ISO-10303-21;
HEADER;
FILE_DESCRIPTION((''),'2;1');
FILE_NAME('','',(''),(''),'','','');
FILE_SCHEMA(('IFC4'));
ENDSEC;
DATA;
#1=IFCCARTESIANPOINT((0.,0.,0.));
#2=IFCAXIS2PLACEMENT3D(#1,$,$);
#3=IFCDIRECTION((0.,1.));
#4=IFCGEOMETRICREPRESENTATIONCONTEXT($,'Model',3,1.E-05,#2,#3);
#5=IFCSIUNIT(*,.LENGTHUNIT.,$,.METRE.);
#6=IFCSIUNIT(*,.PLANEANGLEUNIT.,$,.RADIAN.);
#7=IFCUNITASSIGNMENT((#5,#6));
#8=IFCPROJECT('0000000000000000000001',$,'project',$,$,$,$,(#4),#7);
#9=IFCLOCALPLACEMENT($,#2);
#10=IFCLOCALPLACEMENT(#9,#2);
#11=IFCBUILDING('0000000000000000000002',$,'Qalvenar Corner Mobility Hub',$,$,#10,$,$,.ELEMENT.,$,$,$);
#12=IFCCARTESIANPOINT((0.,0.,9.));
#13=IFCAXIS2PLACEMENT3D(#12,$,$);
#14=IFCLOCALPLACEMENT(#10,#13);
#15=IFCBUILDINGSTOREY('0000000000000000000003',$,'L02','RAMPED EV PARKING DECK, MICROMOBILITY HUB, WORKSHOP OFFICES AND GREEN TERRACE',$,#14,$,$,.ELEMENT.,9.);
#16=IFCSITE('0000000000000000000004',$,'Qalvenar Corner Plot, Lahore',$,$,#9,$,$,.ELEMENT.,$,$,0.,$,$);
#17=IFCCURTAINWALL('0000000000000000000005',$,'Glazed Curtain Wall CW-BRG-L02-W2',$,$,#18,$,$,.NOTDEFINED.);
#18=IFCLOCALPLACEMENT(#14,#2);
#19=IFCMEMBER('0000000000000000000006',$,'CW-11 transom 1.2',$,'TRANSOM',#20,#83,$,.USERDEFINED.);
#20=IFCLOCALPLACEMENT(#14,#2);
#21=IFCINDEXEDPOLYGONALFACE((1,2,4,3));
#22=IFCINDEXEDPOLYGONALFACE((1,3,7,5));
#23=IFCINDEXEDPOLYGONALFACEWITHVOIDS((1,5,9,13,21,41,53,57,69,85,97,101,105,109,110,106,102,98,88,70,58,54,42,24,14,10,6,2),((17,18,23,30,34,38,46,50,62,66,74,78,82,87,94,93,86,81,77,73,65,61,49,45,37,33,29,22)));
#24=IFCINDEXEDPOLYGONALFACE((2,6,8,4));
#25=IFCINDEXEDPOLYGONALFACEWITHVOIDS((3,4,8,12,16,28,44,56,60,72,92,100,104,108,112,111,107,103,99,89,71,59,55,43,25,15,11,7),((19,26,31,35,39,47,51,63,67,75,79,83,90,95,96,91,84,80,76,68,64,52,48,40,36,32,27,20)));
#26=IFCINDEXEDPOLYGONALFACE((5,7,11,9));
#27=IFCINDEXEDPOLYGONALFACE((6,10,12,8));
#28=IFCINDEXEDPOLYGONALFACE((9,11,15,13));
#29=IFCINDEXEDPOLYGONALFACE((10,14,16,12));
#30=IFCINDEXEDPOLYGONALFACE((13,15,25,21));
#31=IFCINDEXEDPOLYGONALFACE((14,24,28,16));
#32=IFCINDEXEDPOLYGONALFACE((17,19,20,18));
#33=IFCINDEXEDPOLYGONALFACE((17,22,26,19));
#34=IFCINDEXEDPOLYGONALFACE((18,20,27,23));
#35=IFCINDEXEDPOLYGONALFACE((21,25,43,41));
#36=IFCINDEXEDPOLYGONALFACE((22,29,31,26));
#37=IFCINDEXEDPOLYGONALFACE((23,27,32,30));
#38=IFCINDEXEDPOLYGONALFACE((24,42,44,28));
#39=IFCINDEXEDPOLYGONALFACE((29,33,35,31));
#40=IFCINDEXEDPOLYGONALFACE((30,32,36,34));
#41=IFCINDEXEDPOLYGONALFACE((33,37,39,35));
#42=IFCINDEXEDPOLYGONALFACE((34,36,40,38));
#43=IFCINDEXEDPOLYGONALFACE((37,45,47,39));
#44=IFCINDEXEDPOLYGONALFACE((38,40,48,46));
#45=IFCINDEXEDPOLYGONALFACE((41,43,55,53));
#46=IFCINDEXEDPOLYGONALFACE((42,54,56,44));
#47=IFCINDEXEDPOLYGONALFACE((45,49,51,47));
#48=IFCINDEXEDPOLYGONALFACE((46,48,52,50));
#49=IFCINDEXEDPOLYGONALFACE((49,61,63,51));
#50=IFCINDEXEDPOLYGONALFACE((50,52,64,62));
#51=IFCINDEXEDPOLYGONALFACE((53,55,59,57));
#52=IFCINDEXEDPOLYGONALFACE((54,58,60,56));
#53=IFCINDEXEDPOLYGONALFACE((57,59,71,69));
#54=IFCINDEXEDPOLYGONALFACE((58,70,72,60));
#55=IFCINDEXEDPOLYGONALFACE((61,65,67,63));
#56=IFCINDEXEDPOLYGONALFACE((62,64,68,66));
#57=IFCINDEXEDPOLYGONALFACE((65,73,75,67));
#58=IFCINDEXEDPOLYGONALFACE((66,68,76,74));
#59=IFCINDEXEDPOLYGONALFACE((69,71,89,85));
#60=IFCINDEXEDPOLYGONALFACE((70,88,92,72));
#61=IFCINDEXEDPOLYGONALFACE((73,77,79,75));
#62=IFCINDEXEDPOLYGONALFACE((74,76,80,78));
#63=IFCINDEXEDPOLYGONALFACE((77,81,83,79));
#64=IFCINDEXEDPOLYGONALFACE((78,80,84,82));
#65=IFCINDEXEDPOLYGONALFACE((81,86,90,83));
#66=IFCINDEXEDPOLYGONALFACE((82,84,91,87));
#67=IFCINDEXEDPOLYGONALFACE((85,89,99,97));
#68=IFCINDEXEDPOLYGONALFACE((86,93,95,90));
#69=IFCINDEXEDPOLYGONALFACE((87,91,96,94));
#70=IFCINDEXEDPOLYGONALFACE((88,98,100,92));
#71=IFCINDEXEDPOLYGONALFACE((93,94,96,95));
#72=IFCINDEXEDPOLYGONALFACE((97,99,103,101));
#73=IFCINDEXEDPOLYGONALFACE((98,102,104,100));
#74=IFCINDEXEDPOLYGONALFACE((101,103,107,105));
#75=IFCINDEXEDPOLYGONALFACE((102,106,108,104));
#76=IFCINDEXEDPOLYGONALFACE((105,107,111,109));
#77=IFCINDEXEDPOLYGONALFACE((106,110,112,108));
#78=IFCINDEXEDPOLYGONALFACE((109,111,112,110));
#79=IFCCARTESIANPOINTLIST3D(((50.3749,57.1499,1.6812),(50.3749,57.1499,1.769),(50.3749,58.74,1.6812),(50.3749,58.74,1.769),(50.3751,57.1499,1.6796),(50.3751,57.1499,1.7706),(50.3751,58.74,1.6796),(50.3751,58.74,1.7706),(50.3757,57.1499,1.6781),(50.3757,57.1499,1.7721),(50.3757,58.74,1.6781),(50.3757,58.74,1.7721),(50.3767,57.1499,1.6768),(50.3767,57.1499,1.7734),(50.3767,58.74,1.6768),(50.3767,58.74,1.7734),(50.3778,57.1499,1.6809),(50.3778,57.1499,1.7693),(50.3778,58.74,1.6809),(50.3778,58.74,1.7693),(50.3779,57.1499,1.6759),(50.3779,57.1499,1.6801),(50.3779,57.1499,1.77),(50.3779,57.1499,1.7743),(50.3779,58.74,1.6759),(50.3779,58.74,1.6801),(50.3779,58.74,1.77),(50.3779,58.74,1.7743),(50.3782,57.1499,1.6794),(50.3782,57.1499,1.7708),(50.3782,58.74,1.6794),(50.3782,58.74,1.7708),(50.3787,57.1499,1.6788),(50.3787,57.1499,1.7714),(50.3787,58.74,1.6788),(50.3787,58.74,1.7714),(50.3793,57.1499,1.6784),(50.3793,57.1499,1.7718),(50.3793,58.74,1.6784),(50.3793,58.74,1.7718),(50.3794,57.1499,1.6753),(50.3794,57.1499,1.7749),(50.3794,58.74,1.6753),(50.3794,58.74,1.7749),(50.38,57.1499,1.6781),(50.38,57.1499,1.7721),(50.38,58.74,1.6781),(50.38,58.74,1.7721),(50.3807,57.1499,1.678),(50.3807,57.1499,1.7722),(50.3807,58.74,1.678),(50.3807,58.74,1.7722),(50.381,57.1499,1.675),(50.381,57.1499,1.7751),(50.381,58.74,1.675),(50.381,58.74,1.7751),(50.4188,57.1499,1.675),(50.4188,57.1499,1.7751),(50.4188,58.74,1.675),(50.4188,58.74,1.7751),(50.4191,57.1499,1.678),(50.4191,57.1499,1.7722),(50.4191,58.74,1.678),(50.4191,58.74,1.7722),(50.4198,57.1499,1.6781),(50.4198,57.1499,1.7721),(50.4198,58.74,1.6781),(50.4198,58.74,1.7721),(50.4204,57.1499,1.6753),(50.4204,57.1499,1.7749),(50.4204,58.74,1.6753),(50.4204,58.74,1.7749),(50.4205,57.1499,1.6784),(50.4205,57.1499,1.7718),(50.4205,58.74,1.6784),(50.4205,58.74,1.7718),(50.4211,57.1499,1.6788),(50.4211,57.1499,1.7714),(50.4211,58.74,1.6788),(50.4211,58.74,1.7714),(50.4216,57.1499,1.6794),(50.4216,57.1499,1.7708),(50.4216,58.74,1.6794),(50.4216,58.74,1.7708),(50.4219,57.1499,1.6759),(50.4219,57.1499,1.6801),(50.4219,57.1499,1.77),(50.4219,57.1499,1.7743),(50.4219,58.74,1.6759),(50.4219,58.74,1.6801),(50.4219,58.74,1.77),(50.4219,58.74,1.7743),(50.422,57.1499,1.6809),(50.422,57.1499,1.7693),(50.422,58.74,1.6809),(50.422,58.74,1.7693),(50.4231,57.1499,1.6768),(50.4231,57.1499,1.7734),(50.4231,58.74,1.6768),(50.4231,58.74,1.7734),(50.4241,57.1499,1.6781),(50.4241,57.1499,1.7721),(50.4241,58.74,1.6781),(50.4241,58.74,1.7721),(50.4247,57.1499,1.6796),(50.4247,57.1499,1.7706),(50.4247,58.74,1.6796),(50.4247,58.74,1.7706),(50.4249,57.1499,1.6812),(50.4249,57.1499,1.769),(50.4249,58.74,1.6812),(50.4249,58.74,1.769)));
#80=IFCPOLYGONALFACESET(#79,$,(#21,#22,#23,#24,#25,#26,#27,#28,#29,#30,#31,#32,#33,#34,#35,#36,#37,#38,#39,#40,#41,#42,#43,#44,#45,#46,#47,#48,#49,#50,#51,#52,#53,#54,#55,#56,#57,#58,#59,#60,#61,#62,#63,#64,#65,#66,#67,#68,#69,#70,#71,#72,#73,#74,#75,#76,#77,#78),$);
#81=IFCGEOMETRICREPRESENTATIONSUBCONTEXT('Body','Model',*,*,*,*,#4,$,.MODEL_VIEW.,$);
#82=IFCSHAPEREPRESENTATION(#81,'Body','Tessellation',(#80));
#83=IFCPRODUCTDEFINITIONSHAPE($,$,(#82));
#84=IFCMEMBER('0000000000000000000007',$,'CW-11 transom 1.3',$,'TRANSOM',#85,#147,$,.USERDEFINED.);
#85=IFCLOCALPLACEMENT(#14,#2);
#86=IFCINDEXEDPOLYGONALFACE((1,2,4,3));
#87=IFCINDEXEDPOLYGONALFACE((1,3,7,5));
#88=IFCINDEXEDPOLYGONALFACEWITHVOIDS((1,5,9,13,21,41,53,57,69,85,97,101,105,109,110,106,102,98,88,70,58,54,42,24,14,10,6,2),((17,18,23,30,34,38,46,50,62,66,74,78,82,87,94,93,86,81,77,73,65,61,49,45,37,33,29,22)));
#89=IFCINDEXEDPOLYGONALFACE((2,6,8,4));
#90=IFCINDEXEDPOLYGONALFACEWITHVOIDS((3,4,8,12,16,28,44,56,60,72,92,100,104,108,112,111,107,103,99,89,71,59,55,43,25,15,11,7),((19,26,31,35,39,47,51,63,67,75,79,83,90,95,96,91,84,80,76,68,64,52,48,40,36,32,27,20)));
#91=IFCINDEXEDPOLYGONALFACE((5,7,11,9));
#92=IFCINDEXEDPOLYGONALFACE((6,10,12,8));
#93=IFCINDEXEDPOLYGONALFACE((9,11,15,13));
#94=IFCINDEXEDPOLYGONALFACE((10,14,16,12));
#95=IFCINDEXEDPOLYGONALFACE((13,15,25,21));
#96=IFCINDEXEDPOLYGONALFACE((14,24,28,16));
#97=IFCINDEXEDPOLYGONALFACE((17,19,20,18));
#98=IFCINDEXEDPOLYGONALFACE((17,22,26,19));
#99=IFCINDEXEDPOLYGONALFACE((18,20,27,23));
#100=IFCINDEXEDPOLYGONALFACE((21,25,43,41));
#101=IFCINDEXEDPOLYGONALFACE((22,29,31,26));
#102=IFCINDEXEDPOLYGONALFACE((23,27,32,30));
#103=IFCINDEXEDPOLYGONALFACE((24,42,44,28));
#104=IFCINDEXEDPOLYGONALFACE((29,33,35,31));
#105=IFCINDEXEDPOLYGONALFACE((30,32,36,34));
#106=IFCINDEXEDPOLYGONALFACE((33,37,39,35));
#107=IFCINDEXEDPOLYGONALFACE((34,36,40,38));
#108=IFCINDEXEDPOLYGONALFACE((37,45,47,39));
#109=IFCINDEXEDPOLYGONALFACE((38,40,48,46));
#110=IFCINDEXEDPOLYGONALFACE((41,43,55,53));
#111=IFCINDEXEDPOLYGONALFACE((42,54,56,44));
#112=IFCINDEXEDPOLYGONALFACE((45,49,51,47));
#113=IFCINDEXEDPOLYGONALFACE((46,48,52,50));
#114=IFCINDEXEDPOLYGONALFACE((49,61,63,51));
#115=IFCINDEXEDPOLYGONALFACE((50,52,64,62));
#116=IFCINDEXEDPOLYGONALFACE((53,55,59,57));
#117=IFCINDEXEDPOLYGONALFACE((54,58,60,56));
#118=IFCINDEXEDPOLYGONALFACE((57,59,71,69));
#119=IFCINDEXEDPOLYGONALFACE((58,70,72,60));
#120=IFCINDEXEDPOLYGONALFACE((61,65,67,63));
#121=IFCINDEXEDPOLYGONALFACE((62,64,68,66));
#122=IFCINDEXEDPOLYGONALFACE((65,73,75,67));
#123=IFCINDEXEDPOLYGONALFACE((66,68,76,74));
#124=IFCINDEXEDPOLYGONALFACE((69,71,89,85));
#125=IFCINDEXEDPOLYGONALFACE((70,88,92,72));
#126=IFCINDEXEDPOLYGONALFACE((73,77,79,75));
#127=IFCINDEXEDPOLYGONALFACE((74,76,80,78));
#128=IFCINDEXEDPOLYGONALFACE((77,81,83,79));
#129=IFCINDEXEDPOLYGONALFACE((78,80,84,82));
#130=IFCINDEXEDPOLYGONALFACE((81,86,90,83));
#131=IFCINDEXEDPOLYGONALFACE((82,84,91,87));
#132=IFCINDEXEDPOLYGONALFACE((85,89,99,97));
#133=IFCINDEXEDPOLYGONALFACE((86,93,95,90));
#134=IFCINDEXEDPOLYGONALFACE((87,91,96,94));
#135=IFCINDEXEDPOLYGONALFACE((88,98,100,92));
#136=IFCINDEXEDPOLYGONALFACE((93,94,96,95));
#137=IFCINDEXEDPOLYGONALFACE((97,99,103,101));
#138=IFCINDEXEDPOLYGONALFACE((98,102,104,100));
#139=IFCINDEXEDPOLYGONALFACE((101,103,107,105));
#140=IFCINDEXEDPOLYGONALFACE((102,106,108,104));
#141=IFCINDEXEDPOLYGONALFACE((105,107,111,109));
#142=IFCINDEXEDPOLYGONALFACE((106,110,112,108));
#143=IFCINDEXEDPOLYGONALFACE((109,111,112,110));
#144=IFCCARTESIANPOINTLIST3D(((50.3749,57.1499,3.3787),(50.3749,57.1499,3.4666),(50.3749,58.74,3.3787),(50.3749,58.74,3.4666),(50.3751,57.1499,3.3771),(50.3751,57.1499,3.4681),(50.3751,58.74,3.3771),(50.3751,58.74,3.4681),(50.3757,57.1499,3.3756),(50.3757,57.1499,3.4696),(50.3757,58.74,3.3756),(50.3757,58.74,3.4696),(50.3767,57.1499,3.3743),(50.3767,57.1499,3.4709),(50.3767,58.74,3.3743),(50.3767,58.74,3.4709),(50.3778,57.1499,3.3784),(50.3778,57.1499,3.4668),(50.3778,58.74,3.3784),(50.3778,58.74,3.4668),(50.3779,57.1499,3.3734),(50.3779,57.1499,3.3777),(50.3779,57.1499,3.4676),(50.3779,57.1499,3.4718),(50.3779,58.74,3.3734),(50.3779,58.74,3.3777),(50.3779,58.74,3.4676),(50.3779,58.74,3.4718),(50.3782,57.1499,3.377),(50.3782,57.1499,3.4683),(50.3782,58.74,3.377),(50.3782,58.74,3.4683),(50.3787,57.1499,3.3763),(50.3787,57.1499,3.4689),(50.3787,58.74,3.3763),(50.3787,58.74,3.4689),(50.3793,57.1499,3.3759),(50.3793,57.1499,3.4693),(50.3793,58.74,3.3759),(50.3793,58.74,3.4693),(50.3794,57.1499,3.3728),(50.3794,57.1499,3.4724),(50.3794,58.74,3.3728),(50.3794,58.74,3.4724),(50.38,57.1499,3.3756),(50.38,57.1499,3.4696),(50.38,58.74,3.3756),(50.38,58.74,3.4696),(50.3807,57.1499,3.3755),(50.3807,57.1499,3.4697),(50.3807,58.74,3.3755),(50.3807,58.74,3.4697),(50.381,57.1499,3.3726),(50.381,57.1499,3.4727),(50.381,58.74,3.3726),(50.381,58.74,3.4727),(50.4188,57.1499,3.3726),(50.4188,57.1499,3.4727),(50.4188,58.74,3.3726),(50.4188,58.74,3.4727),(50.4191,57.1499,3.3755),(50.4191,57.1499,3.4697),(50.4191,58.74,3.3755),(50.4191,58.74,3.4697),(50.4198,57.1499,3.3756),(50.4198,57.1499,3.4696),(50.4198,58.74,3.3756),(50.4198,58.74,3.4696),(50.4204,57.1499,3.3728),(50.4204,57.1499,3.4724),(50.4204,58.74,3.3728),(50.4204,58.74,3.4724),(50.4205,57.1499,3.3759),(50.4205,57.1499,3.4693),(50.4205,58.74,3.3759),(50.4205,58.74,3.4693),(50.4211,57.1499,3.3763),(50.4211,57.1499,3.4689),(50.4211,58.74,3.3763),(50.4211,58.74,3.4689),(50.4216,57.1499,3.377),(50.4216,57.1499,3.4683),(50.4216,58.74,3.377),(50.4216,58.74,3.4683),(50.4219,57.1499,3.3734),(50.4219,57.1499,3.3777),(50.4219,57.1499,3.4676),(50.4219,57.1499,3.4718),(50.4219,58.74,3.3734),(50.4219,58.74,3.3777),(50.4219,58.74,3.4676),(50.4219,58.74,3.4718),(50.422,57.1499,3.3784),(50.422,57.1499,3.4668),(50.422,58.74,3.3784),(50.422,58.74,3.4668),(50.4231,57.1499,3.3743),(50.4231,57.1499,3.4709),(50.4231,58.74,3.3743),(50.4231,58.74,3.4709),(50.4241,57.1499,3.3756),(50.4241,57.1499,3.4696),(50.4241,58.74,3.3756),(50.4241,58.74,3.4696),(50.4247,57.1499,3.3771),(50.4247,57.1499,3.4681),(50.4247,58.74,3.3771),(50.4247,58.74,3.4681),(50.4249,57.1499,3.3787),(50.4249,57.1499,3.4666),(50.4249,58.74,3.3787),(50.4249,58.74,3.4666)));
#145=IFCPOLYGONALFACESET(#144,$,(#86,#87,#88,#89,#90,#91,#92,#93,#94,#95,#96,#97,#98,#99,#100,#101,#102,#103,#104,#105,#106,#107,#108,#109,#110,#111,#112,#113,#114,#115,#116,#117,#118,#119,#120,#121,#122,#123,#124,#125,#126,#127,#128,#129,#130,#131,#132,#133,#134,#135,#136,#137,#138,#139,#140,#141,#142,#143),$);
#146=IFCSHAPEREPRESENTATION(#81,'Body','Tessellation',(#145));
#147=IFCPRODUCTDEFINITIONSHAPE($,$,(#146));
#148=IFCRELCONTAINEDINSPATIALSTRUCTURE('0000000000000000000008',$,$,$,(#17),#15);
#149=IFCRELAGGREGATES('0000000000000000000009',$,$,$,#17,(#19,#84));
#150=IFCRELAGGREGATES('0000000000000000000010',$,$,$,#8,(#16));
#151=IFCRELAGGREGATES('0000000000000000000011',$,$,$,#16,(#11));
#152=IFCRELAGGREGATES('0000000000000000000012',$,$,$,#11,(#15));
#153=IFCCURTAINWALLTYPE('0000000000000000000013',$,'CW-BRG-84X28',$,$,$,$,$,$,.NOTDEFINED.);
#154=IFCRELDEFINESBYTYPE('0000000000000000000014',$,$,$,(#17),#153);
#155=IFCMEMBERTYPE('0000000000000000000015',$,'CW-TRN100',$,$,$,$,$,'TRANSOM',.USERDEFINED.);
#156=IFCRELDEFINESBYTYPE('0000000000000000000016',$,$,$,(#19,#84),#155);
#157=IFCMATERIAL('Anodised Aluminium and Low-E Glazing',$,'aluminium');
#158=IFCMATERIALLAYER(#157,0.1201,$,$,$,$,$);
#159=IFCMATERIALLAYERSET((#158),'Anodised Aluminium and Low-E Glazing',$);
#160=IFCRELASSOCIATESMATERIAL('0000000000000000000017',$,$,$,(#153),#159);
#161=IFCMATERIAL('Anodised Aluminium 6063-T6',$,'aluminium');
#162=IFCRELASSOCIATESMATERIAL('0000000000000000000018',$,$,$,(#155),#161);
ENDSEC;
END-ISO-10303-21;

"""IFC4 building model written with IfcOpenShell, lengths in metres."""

from ifc_helpers import new_model, si_unit, direction, frame, origin, origin_2d, place, context, subcontext, project, spatial, hollow_rectangle, extrude, material, layer, layer_set, material_profile, profile_set, type_object, element, aggregate, save


model = new_model("IFC4")

# Units and contexts
model_context = context("Model", 3, precision=1e-05, world=origin(), true_north=direction((0.0, 1.0)))
body_context = subcontext(model_context, "Body", "Model", "MODEL_VIEW")
ifc_project = project(units=[si_unit("LENGTHUNIT", "METRE"), si_unit("PLANEANGLEUNIT", "RADIAN")], contexts=[model_context])

# Site, building, storey
site_placement = place(None, origin())
site = spatial("IfcSite", under=ifc_project, at=site_placement, Name="Qalvenar Corner Plot, Lahore", CompositionType="ELEMENT", RefElevation=0.0)
building_placement = place(site_placement, origin())
building = spatial("IfcBuilding", under=site, at=building_placement, Name="Qalvenar Corner Mobility Hub", CompositionType="ELEMENT")
storey_placement = place(building_placement, frame((0.0, 0.0, 9.0)))
storey = spatial("IfcBuildingStorey", under=building, at=storey_placement, Name="L02", Description="RAMPED EV PARKING DECK, MICROMOBILITY HUB, WORKSHOP OFFICES AND GREEN TERRACE", CompositionType="ELEMENT", Elevation=9.0)

# Curtain wall, members
ifc_material_1 = material(Name="Anodised Aluminium and Low-E Glazing", Category="aluminium")
ifc_layer_1 = layer(ifc_material_1, 0.1201)
ifc_layer_set_1 = layer_set([ifc_layer_1], Name="Anodised Aluminium and Low-E Glazing")
curtain_wall_type = type_object("IfcCurtainWallType", Name="CW-BRG-84X28", PredefinedType="NOTDEFINED", material=ifc_layer_set_1)
curtain_wall_placement = place(storey_placement, origin())
curtain_wall = element("IfcCurtainWall", 1, at=curtain_wall_placement, inside=storey, type_object=curtain_wall_type, Name="Glazed Curtain Wall CW-BRG-L02-W2", PredefinedType="NOTDEFINED")
ifc_material_2 = material(Name="Anodised Aluminium 6063-T6", Category="aluminium")
ifc_material_profile_1 = material_profile(ifc_material_2, hollow_rectangle(XDim=0.05, YDim=0.1001, WallThickness=0.0029, InnerFilletRadius=0.0029, OuterFilletRadius=0.0061, at=origin_2d()), Name="RHS100x50x3")
ifc_profile_set_1 = profile_set([ifc_material_profile_1], Name="Anodised Aluminium 6063-T6")
member_type_1 = type_object("IfcMemberType", Name="CW-TRN100", ElementType="TRANSOM", PredefinedType="USERDEFINED", material=ifc_profile_set_1)
member_1_placement = place(storey_placement, frame((50.3999, 58.74, 1.7251), z_axis=(0.0, -1.0, 0.0), x_axis=(1.0, 0.0, 0.0)))
member_1 = element("IfcMember", 2, at=member_1_placement, type_object=member_type_1, Name="CW-11 transom 1.2", ObjectType="TRANSOM", PredefinedType="USERDEFINED", context=body_context, shape_type="SweptSolid", body=[
    extrude(hollow_rectangle(XDim=0.05, YDim=0.1001, WallThickness=0.0029, InnerFilletRadius=0.0029, OuterFilletRadius=0.0061, at=origin_2d()), origin(), (0.0, 0.0, 1.0), 1.5901),
])
member_2_placement = place(storey_placement, frame((50.3999, 58.74, 3.4226), z_axis=(0.0, -1.0, 0.0), x_axis=(1.0, 0.0, 0.0)))
member_2 = element("IfcMember", 3, at=member_2_placement, type_object=member_type_1, Name="CW-11 transom 1.3", ObjectType="TRANSOM", PredefinedType="USERDEFINED", context=body_context, shape_type="SweptSolid", body=[
    extrude(hollow_rectangle(XDim=0.05, YDim=0.1001, WallThickness=0.0029, InnerFilletRadius=0.0029, OuterFilletRadius=0.0061, at=origin_2d()), origin(), (0.0, 0.0, 1.0), 1.5901),
])

aggregate(curtain_wall, [member_1, member_2])

save(model, "model.ifc")
